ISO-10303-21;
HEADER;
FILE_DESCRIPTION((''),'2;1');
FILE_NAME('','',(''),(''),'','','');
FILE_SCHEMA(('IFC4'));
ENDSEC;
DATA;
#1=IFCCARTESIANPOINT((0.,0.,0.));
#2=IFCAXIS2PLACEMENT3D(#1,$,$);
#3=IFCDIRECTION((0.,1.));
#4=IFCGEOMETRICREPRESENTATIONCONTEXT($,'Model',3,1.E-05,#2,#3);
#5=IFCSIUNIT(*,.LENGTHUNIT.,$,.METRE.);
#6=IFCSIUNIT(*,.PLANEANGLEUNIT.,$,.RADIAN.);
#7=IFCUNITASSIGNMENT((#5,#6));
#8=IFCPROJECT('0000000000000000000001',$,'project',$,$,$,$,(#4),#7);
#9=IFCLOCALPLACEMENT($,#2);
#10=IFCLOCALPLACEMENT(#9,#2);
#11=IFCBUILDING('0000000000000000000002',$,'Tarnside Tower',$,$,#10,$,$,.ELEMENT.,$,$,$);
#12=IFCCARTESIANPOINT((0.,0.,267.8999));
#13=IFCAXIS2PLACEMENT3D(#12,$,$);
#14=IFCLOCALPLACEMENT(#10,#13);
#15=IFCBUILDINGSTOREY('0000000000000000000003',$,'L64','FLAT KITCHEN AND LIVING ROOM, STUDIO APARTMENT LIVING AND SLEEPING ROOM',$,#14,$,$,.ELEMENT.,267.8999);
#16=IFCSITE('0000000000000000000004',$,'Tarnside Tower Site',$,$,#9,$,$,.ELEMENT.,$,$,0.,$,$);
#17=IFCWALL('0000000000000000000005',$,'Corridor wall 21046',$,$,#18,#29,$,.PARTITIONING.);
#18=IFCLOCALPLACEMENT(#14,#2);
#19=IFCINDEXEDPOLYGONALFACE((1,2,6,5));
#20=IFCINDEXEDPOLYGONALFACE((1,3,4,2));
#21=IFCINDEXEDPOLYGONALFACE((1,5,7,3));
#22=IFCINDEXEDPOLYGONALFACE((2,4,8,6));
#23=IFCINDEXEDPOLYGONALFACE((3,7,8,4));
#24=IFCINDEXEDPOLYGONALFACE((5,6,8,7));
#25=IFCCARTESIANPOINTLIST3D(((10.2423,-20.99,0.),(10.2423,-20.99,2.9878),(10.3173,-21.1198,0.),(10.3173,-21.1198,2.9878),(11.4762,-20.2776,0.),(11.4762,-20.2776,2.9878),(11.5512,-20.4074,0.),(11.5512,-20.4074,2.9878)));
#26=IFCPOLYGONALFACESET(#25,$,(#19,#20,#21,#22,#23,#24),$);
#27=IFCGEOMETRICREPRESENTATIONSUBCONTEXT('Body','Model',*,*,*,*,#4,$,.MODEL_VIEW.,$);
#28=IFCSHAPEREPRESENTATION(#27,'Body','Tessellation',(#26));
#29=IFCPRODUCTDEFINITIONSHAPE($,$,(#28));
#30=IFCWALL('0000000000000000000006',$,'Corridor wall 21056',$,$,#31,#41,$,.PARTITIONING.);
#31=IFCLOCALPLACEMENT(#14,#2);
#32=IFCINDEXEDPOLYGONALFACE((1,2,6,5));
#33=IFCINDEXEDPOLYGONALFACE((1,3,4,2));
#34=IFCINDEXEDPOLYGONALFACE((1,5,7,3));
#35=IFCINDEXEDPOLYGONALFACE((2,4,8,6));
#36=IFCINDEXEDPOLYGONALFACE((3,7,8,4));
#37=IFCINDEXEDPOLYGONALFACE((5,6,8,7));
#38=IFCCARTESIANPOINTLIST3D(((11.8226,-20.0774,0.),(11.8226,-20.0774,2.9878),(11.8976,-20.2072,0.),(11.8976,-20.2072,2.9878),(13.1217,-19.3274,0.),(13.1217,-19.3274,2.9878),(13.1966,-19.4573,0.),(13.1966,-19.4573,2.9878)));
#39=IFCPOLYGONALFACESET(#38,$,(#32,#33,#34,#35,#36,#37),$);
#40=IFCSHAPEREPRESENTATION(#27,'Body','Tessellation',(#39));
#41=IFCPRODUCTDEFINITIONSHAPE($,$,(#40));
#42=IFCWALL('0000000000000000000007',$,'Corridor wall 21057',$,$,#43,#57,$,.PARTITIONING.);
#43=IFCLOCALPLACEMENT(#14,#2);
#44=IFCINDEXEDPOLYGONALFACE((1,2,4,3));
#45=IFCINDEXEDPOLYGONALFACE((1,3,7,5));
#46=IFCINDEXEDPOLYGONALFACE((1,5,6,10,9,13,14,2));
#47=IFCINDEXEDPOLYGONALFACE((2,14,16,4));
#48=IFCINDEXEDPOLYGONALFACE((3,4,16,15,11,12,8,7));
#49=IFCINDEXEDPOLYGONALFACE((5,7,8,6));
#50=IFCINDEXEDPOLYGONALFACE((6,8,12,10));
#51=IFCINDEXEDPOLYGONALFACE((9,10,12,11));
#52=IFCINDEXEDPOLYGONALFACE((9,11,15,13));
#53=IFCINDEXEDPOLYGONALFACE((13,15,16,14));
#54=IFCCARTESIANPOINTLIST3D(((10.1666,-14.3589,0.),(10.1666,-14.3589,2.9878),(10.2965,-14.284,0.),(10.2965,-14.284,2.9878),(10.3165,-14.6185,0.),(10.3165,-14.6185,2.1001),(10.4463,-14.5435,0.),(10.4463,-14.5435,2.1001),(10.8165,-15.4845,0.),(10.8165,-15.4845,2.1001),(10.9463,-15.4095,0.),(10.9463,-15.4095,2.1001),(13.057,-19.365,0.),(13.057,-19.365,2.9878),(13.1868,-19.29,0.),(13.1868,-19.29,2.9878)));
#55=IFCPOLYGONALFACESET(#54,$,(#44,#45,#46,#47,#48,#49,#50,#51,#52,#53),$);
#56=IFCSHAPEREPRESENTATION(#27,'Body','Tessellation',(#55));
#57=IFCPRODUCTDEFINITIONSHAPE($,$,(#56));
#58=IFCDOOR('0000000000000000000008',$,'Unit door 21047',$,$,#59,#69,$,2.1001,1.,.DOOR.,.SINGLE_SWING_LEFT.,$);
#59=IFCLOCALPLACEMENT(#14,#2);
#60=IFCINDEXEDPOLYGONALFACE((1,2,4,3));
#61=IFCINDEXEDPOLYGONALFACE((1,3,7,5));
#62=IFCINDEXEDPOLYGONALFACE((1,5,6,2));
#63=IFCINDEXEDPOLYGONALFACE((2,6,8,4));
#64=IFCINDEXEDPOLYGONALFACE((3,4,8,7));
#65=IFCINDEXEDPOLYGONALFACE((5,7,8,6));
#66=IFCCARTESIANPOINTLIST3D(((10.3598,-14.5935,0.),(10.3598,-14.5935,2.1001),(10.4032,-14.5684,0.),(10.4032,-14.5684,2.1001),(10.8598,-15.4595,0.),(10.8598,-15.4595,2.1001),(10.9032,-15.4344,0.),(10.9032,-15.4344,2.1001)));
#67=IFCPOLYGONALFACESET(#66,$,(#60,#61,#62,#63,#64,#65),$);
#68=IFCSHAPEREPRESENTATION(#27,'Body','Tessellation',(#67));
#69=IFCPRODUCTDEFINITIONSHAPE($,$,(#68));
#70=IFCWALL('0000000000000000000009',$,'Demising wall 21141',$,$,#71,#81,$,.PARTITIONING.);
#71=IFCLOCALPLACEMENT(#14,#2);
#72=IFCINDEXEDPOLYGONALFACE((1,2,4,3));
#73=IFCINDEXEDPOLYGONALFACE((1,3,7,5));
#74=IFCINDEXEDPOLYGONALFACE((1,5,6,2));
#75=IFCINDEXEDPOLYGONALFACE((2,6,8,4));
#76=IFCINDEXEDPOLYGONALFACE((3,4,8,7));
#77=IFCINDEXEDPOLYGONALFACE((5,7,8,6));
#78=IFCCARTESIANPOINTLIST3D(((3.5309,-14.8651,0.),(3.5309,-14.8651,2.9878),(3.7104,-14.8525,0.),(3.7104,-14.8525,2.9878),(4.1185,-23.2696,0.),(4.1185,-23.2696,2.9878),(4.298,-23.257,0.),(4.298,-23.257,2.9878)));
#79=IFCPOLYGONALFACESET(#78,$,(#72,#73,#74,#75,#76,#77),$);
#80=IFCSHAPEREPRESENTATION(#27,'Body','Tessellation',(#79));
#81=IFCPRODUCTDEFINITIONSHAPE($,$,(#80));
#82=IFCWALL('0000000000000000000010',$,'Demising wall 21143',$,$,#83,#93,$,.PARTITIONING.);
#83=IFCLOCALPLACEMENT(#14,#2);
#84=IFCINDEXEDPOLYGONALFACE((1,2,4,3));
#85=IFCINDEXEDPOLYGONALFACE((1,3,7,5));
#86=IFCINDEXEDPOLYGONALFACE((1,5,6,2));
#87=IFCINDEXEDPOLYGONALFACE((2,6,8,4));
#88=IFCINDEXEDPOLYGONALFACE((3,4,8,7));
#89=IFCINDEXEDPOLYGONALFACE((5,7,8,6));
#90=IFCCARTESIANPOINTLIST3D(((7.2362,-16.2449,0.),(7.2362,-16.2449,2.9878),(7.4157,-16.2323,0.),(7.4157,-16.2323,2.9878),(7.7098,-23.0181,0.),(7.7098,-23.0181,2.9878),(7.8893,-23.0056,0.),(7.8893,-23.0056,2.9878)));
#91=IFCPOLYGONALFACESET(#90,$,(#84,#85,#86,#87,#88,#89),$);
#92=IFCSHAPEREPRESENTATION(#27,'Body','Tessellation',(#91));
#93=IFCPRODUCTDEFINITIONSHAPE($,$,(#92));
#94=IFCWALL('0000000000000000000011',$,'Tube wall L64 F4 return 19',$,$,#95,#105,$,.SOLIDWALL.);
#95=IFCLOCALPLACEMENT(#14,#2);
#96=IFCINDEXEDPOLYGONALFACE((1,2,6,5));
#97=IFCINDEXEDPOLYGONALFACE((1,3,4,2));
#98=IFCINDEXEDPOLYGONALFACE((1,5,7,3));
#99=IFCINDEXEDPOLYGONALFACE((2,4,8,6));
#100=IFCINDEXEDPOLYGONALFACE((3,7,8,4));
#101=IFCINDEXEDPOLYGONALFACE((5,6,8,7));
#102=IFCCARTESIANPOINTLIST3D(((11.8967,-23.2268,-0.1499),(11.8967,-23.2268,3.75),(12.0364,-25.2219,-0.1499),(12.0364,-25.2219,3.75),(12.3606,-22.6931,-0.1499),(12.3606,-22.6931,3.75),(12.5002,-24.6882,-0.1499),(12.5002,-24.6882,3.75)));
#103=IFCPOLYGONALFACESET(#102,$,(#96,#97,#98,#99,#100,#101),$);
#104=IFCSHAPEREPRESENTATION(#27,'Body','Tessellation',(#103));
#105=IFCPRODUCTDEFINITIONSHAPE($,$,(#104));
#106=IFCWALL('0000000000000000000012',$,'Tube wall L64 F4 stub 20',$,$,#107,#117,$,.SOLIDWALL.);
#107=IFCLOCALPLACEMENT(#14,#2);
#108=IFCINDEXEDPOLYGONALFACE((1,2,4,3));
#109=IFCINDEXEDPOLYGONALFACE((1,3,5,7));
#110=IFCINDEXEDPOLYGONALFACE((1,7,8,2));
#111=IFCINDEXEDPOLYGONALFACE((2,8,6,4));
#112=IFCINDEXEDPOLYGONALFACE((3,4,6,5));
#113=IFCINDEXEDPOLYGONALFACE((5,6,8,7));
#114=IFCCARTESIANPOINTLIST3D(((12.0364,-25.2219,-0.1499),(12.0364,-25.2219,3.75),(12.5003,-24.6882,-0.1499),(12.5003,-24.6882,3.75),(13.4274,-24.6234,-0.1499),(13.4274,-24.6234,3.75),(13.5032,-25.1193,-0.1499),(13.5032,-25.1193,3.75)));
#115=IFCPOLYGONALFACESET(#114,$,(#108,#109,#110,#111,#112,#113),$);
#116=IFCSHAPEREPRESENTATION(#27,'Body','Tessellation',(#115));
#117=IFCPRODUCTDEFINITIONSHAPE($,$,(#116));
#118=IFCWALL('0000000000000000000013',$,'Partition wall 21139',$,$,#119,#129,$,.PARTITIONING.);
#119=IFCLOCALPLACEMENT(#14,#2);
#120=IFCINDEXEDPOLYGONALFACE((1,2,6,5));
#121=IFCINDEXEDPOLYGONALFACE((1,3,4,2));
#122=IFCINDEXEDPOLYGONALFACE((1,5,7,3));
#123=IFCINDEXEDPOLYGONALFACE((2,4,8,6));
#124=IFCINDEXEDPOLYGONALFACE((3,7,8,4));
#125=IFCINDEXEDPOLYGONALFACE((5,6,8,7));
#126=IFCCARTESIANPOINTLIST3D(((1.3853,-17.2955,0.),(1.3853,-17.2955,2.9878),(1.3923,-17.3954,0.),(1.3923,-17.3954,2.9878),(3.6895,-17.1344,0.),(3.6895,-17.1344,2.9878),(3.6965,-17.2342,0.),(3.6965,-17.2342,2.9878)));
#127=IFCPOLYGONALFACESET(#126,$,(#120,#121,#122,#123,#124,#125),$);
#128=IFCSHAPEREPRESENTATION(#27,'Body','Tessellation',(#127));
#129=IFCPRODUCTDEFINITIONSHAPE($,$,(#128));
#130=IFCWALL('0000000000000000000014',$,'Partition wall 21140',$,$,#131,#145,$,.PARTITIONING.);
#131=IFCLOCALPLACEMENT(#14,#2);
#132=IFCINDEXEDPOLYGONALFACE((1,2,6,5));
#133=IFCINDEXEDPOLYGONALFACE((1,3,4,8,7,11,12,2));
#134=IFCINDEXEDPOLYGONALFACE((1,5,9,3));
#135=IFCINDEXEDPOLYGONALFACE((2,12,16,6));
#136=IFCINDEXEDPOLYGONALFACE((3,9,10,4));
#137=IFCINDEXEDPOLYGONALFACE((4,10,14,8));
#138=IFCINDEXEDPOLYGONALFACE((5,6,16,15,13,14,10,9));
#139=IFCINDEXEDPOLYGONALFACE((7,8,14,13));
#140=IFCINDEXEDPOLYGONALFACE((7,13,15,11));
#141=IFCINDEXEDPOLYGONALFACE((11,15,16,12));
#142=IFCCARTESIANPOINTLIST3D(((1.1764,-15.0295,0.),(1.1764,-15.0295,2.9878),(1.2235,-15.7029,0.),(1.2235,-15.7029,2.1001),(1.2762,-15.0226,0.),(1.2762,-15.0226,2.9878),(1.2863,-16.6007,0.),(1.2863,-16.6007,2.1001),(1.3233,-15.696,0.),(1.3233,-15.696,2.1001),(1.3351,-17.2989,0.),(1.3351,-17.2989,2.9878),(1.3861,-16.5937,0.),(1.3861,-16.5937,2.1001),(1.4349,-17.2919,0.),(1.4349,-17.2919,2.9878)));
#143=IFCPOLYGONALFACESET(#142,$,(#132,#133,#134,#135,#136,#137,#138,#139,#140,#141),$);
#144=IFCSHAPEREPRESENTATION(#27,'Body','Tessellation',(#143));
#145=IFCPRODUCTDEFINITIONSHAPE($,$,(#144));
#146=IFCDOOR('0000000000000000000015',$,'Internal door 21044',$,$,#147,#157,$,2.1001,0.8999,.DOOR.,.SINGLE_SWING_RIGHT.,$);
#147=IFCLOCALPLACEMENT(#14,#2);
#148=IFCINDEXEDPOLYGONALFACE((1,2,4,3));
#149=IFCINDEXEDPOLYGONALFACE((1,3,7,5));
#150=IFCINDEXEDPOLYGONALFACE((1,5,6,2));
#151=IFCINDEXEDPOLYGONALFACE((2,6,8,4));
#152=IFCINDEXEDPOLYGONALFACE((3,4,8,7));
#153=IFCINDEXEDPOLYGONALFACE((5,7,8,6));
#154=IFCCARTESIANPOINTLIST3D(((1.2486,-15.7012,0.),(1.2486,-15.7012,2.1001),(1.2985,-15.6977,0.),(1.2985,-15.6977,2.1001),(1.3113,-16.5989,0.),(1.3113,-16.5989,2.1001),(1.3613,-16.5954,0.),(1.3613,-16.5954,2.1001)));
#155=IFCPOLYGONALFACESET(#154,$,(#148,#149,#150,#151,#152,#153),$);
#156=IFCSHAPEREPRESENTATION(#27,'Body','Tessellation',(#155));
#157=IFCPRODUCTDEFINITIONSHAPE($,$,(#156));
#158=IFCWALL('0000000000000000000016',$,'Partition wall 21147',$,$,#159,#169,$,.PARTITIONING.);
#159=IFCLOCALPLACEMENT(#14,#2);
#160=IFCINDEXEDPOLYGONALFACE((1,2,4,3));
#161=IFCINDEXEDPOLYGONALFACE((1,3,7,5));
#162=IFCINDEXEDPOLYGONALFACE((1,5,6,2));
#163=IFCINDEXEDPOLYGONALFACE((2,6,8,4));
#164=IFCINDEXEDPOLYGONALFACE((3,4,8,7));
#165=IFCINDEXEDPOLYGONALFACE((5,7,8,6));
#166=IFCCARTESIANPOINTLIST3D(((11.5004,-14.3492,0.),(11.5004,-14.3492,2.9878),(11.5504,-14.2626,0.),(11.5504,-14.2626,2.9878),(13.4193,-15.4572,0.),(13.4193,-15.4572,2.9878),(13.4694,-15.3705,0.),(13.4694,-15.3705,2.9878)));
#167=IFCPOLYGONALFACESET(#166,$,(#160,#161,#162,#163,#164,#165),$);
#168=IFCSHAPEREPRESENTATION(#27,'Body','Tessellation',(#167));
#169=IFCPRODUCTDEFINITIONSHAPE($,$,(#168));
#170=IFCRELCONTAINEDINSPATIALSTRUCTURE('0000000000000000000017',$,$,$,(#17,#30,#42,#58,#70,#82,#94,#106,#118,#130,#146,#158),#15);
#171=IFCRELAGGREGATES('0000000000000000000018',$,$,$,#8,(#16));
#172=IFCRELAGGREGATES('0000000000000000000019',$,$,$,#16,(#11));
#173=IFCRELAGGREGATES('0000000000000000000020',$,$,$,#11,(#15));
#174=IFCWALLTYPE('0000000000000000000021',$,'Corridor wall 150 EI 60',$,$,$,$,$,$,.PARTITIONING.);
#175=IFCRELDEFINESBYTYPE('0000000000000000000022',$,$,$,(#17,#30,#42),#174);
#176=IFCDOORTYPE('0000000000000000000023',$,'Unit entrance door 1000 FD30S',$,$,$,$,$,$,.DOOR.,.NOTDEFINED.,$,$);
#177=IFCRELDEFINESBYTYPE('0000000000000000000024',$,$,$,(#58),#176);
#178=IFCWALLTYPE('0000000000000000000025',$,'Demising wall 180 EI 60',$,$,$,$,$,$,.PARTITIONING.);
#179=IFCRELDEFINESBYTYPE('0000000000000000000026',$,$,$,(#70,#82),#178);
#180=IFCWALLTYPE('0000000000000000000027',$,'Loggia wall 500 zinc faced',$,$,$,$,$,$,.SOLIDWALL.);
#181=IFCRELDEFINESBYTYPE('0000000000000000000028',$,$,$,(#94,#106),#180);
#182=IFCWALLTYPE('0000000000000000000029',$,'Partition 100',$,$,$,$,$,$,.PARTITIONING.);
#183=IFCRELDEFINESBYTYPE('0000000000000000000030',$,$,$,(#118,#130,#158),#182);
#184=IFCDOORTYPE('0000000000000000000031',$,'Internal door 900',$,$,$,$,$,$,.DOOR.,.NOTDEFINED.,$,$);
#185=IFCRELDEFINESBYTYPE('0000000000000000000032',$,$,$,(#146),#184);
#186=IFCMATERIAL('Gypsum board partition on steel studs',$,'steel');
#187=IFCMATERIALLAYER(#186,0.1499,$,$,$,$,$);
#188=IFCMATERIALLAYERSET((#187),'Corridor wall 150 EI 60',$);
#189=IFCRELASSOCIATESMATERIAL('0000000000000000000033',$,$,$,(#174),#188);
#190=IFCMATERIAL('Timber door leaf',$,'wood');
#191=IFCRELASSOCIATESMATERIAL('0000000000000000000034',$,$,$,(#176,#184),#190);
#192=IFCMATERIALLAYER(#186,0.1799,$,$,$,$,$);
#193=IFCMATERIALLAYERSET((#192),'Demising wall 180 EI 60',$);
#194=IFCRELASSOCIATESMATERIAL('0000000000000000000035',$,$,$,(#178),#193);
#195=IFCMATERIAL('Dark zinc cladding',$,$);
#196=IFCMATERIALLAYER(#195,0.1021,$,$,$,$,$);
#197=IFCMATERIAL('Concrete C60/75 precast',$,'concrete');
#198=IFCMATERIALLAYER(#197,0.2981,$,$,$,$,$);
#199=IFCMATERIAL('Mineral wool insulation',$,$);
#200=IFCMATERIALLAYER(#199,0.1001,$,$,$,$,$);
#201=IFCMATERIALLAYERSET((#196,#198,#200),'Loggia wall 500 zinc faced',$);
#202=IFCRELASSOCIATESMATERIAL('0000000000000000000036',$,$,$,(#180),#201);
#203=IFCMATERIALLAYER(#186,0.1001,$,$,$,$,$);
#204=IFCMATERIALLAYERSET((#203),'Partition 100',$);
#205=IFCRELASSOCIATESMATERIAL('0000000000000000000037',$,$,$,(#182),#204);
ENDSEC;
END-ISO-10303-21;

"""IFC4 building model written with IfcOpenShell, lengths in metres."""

from ifc_helpers import new_model, si_unit, direction, frame, frame_2d, origin, place, context, subcontext, project, spatial, polyline, rectangle, outline, extrude, material, layer, layer_set, type_object, element, fill, save


model = new_model("IFC4")

# Units and contexts
model_context = context("Model", 3, precision=1e-05, world=origin(), true_north=direction((0.0, 1.0)))
body_context = subcontext(model_context, "Body", "Model", "MODEL_VIEW")
ifc_project = project(units=[si_unit("LENGTHUNIT", "METRE"), si_unit("PLANEANGLEUNIT", "RADIAN")], contexts=[model_context])

# Site, building, storey
site_placement = place(None, origin())
site = spatial("IfcSite", under=ifc_project, at=site_placement, Name="Tarnside Tower Site", CompositionType="ELEMENT", RefElevation=0.0)
building_placement = place(site_placement, origin())
building = spatial("IfcBuilding", under=site, at=building_placement, Name="Tarnside Tower", CompositionType="ELEMENT")
storey_placement = place(building_placement, frame((0.0, 0.0, 267.8999)))
storey = spatial("IfcBuildingStorey", under=building, at=storey_placement, Name="L64", Description="FLAT KITCHEN AND LIVING ROOM, STUDIO APARTMENT LIVING AND SLEEPING ROOM", CompositionType="ELEMENT", Elevation=267.8999)

# Walls
ifc_material_1 = material(Name="Gypsum board partition on steel studs", Category="steel")
ifc_layer_1 = layer(ifc_material_1, 0.1499)
ifc_layer_set_1 = layer_set([ifc_layer_1], Name="Corridor wall 150 EI 60")
wall_type_1 = type_object("IfcWallType", Name="Corridor wall 150 EI 60", PredefinedType="PARTITIONING", material=ifc_layer_set_1)
wall_1_placement = place(storey_placement, frame((10.2798, -21.0549, 0.0), z_axis=(0.0, 0.0, 1.0), x_axis=(0.86602, 0.500009, 0.0)))
element("IfcWall", 1, at=wall_1_placement, inside=storey, type_object=wall_type_1, Name="Corridor wall 21046", PredefinedType="PARTITIONING", context=body_context, shape_type="SweptSolid", body=[
    extrude(rectangle(XDim=1.4248, YDim=0.1499, at=frame_2d((0.7124, 0.0))), origin(), (0.0, 0.0, 1.0), 2.9878),
])
wall_2_placement = place(storey_placement, frame((11.8601, -20.1423, 0.0), z_axis=(0.0, 0.0, 1.0), x_axis=(0.866031, 0.49999, 0.0)))
element("IfcWall", 2, at=wall_2_placement, inside=storey, type_object=wall_type_1, Name="Corridor wall 21056", PredefinedType="PARTITIONING", context=body_context, shape_type="SweptSolid", body=[
    extrude(rectangle(XDim=1.5, YDim=0.1499, at=frame_2d((0.75, 0.0))), origin(), (0.0, 0.0, 1.0), 2.9878),
])

# Wall, opening, door
wall_3_placement = place(storey_placement, frame((13.1218, -19.3274, 0.0), z_axis=(0.0, 0.0, 1.0), x_axis=(-0.500014, 0.866017, 0.0)))
wall_3 = element("IfcWall", 3, at=wall_3_placement, inside=storey, type_object=wall_type_1, Name="Corridor wall 21057", PredefinedType="PARTITIONING", context=body_context, shape_type="SweptSolid", body=[
    extrude(rectangle(XDim=5.7805, YDim=0.1499, at=frame_2d((2.8901, 0.0))), origin(), (0.0, 0.0, 1.0), 2.9878),
])
opening_1_placement = place(wall_3_placement, frame((4.4807, 0.0, 0.0)))
opening_1 = element("IfcOpeningElement", 4, at=opening_1_placement, cuts=wall_3, PredefinedType="OPENING", context=body_context, shape_type="SweptSolid", body=[
    extrude(rectangle(XDim=1.0, YDim=2.1001, at=frame_2d((0.5, 1.05))), frame((0.0, 0.085, 0.0), z_axis=(0.0, -1.0, 0.0), x_axis=(1.0, 0.0, 0.0)), (0.0, 0.0, 1.0), 0.1699),
])
ifc_material_2 = material(Name="Timber door leaf", Category="wood")
door_type_1 = type_object("IfcDoorType", Name="Unit entrance door 1000 FD30S", OperationType="NOTDEFINED", PredefinedType="DOOR", material=ifc_material_2)
door_1_placement = place(opening_1_placement, origin())
door_1 = element("IfcDoor", 5, at=door_1_placement, inside=storey, type_object=door_type_1, Name="Unit door 21047", OperationType="SINGLE_SWING_LEFT", OverallHeight=2.1001, OverallWidth=1.0, PredefinedType="DOOR", context=body_context, shape_type="SweptSolid", body=[
    extrude(rectangle(XDim=1.0, YDim=2.1001, at=frame_2d((0.5, 1.05))), frame((0.0, 0.0249, 0.0), z_axis=(0.0, -1.0, 0.0), x_axis=(1.0, 0.0, 0.0)), (0.0, 0.0, 1.0), 0.05),
])
fill(opening_1, door_1)

# Walls
ifc_layer_2 = layer(ifc_material_1, 0.1799)
ifc_layer_set_2 = layer_set([ifc_layer_2], Name="Demising wall 180 EI 60")
wall_type_2 = type_object("IfcWallType", Name="Demising wall 180 EI 60", PredefinedType="PARTITIONING", material=ifc_layer_set_2)
wall_4_placement = place(storey_placement, frame((4.2083, -23.2632, 0.0), z_axis=(0.0, 0.0, 1.0), x_axis=(-0.06975, 0.997565, 0.0)))
element("IfcWall", 6, at=wall_4_placement, inside=storey, type_object=wall_type_2, Name="Demising wall 21141", PredefinedType="PARTITIONING", context=body_context, shape_type="SweptSolid", body=[
    extrude(rectangle(XDim=8.425, YDim=0.1799, at=frame_2d((4.2124, 0.0))), origin(), (0.0, 0.0, 1.0), 2.9878),
])
wall_5_placement = place(storey_placement, frame((7.7996, -23.012, 0.0), z_axis=(0.0, 0.0, 1.0), x_axis=(-0.069757, 0.997564, 0.0)))
element("IfcWall", 7, at=wall_5_placement, inside=storey, type_object=wall_type_2, Name="Demising wall 21143", PredefinedType="PARTITIONING", context=body_context, shape_type="SweptSolid", body=[
    extrude(rectangle(XDim=6.7898, YDim=0.1799, at=frame_2d((3.395, 0.0))), origin(), (0.0, 0.0, 1.0), 2.9878),
])
ifc_material_3 = material(Name="Dark zinc cladding")
ifc_layer_3 = layer(ifc_material_3, 0.1021)
ifc_material_4 = material(Name="Concrete C60/75 precast", Category="concrete")
ifc_layer_4 = layer(ifc_material_4, 0.2981)
ifc_material_5 = material(Name="Mineral wool insulation")
ifc_layer_5 = layer(ifc_material_5, 0.1001)
ifc_layer_set_3 = layer_set([ifc_layer_3, ifc_layer_4, ifc_layer_5], Name="Loggia wall 500 zinc faced")
wall_type_3 = type_object("IfcWallType", Name="Loggia wall 500 zinc faced", PredefinedType="SOLIDWALL", material=ifc_layer_set_3)
wall_6_placement = place(storey_placement, frame((12.1287, -22.96, -0.1499), z_axis=(0.0, 0.0, 1.0), x_axis=(0.069824, -0.997559, 0.0)))
element("IfcWall", 8, at=wall_6_placement, inside=storey, type_object=wall_type_3, Name="Tube wall L64 F4 return 19", PredefinedType="SOLIDWALL", context=body_context, shape_type="SweptSolid", body=[
    extrude(outline(polyline([(0.25, -0.25), (2.25, -0.25), (1.75, 0.25), (-0.25, 0.25), (0.25, -0.25)])), origin(), (0.0, 0.0, 1.0), 3.8999),
])
wall_7_placement = place(storey_placement, frame((12.2683, -24.9551, -0.1499), z_axis=(0.0, 0.0, 1.0), x_axis=(0.997562, 0.069787, 0.0)))
element("IfcWall", 9, at=wall_7_placement, inside=storey, type_object=wall_type_3, Name="Tube wall L64 F4 stub 20", PredefinedType="SOLIDWALL", context=body_context, shape_type="SweptSolid", body=[
    extrude(outline(polyline([(-0.25, -0.25), (1.2205, -0.25), (1.1794, 0.25), (0.25, 0.25), (-0.25, -0.25)])), origin(), (0.0, 0.0, 1.0), 3.8999),
])
ifc_layer_6 = layer(ifc_material_1, 0.1001)
ifc_layer_set_4 = layer_set([ifc_layer_6], Name="Partition 100")
wall_type_4 = type_object("IfcWallType", Name="Partition 100", PredefinedType="PARTITIONING", material=ifc_layer_set_4)
wall_8_placement = place(storey_placement, frame((3.6929, -17.1843, 0.0), z_axis=(0.0, 0.0, 1.0), x_axis=(-0.997564, -0.06976, 0.0)))
element("IfcWall", 10, at=wall_8_placement, inside=storey, type_object=wall_type_4, Name="Partition wall 21139", PredefinedType="PARTITIONING", context=body_context, shape_type="SweptSolid", body=[
    extrude(rectangle(XDim=2.3098, YDim=0.1001, at=frame_2d((1.1548, 0.0))), origin(), (0.0, 0.0, 1.0), 2.9878),
])

# Wall, opening, door
wall_9_placement = place(storey_placement, frame((1.385, -17.2954, 0.0), z_axis=(0.0, 0.0, 1.0), x_axis=(-0.06976, 0.997564, 0.0)))
wall_9 = element("IfcWall", 11, at=wall_9_placement, inside=storey, type_object=wall_type_4, Name="Partition wall 21140", PredefinedType="PARTITIONING", context=body_context, shape_type="SweptSolid", body=[
    extrude(rectangle(XDim=2.2749, YDim=0.1001, at=frame_2d((1.1375, 0.0))), origin(), (0.0, 0.0, 1.0), 2.9878),
])
opening_2_placement = place(wall_9_placement, frame((0.7, 0.0, 0.0)))
opening_2 = element("IfcOpeningElement", 12, at=opening_2_placement, cuts=wall_9, PredefinedType="OPENING", context=body_context, shape_type="SweptSolid", body=[
    extrude(rectangle(XDim=0.8999, YDim=2.1001, at=frame_2d((0.45, 1.05))), frame((0.0, 0.0601, 0.0), z_axis=(0.0, -1.0, 0.0), x_axis=(1.0, 0.0, 0.0)), (0.0, 0.0, 1.0), 0.1201),
])
door_type_2 = type_object("IfcDoorType", Name="Internal door 900", OperationType="NOTDEFINED", PredefinedType="DOOR", material=ifc_material_2)
door_2_placement = place(opening_2_placement, origin())
door_2 = element("IfcDoor", 13, at=door_2_placement, inside=storey, type_object=door_type_2, Name="Internal door 21044", OperationType="SINGLE_SWING_RIGHT", OverallHeight=2.1001, OverallWidth=0.8999, PredefinedType="DOOR", context=body_context, shape_type="SweptSolid", body=[
    extrude(rectangle(XDim=0.8999, YDim=2.1001, at=frame_2d((0.45, 1.05))), frame((0.0, 0.0249, 0.0), z_axis=(0.0, -1.0, 0.0), x_axis=(1.0, 0.0, 0.0)), (0.0, 0.0, 1.0), 0.05),
])
fill(opening_2, door_2)

# Wall
wall_10_placement = place(storey_placement, frame((13.4443, -15.4138, 0.0), z_axis=(0.0, 0.0, 1.0), x_axis=(-0.866024, 0.500002, 0.0)))
element("IfcWall", 14, at=wall_10_placement, inside=storey, type_object=wall_type_4, Name="Partition wall 21147", PredefinedType="PARTITIONING", context=body_context, shape_type="SweptSolid", body=[
    extrude(rectangle(XDim=2.2158, YDim=0.1001, at=frame_2d((1.1079, 0.0))), origin(), (0.0, 0.0, 1.0), 2.9878),
])

save(model, "model.ifc")
